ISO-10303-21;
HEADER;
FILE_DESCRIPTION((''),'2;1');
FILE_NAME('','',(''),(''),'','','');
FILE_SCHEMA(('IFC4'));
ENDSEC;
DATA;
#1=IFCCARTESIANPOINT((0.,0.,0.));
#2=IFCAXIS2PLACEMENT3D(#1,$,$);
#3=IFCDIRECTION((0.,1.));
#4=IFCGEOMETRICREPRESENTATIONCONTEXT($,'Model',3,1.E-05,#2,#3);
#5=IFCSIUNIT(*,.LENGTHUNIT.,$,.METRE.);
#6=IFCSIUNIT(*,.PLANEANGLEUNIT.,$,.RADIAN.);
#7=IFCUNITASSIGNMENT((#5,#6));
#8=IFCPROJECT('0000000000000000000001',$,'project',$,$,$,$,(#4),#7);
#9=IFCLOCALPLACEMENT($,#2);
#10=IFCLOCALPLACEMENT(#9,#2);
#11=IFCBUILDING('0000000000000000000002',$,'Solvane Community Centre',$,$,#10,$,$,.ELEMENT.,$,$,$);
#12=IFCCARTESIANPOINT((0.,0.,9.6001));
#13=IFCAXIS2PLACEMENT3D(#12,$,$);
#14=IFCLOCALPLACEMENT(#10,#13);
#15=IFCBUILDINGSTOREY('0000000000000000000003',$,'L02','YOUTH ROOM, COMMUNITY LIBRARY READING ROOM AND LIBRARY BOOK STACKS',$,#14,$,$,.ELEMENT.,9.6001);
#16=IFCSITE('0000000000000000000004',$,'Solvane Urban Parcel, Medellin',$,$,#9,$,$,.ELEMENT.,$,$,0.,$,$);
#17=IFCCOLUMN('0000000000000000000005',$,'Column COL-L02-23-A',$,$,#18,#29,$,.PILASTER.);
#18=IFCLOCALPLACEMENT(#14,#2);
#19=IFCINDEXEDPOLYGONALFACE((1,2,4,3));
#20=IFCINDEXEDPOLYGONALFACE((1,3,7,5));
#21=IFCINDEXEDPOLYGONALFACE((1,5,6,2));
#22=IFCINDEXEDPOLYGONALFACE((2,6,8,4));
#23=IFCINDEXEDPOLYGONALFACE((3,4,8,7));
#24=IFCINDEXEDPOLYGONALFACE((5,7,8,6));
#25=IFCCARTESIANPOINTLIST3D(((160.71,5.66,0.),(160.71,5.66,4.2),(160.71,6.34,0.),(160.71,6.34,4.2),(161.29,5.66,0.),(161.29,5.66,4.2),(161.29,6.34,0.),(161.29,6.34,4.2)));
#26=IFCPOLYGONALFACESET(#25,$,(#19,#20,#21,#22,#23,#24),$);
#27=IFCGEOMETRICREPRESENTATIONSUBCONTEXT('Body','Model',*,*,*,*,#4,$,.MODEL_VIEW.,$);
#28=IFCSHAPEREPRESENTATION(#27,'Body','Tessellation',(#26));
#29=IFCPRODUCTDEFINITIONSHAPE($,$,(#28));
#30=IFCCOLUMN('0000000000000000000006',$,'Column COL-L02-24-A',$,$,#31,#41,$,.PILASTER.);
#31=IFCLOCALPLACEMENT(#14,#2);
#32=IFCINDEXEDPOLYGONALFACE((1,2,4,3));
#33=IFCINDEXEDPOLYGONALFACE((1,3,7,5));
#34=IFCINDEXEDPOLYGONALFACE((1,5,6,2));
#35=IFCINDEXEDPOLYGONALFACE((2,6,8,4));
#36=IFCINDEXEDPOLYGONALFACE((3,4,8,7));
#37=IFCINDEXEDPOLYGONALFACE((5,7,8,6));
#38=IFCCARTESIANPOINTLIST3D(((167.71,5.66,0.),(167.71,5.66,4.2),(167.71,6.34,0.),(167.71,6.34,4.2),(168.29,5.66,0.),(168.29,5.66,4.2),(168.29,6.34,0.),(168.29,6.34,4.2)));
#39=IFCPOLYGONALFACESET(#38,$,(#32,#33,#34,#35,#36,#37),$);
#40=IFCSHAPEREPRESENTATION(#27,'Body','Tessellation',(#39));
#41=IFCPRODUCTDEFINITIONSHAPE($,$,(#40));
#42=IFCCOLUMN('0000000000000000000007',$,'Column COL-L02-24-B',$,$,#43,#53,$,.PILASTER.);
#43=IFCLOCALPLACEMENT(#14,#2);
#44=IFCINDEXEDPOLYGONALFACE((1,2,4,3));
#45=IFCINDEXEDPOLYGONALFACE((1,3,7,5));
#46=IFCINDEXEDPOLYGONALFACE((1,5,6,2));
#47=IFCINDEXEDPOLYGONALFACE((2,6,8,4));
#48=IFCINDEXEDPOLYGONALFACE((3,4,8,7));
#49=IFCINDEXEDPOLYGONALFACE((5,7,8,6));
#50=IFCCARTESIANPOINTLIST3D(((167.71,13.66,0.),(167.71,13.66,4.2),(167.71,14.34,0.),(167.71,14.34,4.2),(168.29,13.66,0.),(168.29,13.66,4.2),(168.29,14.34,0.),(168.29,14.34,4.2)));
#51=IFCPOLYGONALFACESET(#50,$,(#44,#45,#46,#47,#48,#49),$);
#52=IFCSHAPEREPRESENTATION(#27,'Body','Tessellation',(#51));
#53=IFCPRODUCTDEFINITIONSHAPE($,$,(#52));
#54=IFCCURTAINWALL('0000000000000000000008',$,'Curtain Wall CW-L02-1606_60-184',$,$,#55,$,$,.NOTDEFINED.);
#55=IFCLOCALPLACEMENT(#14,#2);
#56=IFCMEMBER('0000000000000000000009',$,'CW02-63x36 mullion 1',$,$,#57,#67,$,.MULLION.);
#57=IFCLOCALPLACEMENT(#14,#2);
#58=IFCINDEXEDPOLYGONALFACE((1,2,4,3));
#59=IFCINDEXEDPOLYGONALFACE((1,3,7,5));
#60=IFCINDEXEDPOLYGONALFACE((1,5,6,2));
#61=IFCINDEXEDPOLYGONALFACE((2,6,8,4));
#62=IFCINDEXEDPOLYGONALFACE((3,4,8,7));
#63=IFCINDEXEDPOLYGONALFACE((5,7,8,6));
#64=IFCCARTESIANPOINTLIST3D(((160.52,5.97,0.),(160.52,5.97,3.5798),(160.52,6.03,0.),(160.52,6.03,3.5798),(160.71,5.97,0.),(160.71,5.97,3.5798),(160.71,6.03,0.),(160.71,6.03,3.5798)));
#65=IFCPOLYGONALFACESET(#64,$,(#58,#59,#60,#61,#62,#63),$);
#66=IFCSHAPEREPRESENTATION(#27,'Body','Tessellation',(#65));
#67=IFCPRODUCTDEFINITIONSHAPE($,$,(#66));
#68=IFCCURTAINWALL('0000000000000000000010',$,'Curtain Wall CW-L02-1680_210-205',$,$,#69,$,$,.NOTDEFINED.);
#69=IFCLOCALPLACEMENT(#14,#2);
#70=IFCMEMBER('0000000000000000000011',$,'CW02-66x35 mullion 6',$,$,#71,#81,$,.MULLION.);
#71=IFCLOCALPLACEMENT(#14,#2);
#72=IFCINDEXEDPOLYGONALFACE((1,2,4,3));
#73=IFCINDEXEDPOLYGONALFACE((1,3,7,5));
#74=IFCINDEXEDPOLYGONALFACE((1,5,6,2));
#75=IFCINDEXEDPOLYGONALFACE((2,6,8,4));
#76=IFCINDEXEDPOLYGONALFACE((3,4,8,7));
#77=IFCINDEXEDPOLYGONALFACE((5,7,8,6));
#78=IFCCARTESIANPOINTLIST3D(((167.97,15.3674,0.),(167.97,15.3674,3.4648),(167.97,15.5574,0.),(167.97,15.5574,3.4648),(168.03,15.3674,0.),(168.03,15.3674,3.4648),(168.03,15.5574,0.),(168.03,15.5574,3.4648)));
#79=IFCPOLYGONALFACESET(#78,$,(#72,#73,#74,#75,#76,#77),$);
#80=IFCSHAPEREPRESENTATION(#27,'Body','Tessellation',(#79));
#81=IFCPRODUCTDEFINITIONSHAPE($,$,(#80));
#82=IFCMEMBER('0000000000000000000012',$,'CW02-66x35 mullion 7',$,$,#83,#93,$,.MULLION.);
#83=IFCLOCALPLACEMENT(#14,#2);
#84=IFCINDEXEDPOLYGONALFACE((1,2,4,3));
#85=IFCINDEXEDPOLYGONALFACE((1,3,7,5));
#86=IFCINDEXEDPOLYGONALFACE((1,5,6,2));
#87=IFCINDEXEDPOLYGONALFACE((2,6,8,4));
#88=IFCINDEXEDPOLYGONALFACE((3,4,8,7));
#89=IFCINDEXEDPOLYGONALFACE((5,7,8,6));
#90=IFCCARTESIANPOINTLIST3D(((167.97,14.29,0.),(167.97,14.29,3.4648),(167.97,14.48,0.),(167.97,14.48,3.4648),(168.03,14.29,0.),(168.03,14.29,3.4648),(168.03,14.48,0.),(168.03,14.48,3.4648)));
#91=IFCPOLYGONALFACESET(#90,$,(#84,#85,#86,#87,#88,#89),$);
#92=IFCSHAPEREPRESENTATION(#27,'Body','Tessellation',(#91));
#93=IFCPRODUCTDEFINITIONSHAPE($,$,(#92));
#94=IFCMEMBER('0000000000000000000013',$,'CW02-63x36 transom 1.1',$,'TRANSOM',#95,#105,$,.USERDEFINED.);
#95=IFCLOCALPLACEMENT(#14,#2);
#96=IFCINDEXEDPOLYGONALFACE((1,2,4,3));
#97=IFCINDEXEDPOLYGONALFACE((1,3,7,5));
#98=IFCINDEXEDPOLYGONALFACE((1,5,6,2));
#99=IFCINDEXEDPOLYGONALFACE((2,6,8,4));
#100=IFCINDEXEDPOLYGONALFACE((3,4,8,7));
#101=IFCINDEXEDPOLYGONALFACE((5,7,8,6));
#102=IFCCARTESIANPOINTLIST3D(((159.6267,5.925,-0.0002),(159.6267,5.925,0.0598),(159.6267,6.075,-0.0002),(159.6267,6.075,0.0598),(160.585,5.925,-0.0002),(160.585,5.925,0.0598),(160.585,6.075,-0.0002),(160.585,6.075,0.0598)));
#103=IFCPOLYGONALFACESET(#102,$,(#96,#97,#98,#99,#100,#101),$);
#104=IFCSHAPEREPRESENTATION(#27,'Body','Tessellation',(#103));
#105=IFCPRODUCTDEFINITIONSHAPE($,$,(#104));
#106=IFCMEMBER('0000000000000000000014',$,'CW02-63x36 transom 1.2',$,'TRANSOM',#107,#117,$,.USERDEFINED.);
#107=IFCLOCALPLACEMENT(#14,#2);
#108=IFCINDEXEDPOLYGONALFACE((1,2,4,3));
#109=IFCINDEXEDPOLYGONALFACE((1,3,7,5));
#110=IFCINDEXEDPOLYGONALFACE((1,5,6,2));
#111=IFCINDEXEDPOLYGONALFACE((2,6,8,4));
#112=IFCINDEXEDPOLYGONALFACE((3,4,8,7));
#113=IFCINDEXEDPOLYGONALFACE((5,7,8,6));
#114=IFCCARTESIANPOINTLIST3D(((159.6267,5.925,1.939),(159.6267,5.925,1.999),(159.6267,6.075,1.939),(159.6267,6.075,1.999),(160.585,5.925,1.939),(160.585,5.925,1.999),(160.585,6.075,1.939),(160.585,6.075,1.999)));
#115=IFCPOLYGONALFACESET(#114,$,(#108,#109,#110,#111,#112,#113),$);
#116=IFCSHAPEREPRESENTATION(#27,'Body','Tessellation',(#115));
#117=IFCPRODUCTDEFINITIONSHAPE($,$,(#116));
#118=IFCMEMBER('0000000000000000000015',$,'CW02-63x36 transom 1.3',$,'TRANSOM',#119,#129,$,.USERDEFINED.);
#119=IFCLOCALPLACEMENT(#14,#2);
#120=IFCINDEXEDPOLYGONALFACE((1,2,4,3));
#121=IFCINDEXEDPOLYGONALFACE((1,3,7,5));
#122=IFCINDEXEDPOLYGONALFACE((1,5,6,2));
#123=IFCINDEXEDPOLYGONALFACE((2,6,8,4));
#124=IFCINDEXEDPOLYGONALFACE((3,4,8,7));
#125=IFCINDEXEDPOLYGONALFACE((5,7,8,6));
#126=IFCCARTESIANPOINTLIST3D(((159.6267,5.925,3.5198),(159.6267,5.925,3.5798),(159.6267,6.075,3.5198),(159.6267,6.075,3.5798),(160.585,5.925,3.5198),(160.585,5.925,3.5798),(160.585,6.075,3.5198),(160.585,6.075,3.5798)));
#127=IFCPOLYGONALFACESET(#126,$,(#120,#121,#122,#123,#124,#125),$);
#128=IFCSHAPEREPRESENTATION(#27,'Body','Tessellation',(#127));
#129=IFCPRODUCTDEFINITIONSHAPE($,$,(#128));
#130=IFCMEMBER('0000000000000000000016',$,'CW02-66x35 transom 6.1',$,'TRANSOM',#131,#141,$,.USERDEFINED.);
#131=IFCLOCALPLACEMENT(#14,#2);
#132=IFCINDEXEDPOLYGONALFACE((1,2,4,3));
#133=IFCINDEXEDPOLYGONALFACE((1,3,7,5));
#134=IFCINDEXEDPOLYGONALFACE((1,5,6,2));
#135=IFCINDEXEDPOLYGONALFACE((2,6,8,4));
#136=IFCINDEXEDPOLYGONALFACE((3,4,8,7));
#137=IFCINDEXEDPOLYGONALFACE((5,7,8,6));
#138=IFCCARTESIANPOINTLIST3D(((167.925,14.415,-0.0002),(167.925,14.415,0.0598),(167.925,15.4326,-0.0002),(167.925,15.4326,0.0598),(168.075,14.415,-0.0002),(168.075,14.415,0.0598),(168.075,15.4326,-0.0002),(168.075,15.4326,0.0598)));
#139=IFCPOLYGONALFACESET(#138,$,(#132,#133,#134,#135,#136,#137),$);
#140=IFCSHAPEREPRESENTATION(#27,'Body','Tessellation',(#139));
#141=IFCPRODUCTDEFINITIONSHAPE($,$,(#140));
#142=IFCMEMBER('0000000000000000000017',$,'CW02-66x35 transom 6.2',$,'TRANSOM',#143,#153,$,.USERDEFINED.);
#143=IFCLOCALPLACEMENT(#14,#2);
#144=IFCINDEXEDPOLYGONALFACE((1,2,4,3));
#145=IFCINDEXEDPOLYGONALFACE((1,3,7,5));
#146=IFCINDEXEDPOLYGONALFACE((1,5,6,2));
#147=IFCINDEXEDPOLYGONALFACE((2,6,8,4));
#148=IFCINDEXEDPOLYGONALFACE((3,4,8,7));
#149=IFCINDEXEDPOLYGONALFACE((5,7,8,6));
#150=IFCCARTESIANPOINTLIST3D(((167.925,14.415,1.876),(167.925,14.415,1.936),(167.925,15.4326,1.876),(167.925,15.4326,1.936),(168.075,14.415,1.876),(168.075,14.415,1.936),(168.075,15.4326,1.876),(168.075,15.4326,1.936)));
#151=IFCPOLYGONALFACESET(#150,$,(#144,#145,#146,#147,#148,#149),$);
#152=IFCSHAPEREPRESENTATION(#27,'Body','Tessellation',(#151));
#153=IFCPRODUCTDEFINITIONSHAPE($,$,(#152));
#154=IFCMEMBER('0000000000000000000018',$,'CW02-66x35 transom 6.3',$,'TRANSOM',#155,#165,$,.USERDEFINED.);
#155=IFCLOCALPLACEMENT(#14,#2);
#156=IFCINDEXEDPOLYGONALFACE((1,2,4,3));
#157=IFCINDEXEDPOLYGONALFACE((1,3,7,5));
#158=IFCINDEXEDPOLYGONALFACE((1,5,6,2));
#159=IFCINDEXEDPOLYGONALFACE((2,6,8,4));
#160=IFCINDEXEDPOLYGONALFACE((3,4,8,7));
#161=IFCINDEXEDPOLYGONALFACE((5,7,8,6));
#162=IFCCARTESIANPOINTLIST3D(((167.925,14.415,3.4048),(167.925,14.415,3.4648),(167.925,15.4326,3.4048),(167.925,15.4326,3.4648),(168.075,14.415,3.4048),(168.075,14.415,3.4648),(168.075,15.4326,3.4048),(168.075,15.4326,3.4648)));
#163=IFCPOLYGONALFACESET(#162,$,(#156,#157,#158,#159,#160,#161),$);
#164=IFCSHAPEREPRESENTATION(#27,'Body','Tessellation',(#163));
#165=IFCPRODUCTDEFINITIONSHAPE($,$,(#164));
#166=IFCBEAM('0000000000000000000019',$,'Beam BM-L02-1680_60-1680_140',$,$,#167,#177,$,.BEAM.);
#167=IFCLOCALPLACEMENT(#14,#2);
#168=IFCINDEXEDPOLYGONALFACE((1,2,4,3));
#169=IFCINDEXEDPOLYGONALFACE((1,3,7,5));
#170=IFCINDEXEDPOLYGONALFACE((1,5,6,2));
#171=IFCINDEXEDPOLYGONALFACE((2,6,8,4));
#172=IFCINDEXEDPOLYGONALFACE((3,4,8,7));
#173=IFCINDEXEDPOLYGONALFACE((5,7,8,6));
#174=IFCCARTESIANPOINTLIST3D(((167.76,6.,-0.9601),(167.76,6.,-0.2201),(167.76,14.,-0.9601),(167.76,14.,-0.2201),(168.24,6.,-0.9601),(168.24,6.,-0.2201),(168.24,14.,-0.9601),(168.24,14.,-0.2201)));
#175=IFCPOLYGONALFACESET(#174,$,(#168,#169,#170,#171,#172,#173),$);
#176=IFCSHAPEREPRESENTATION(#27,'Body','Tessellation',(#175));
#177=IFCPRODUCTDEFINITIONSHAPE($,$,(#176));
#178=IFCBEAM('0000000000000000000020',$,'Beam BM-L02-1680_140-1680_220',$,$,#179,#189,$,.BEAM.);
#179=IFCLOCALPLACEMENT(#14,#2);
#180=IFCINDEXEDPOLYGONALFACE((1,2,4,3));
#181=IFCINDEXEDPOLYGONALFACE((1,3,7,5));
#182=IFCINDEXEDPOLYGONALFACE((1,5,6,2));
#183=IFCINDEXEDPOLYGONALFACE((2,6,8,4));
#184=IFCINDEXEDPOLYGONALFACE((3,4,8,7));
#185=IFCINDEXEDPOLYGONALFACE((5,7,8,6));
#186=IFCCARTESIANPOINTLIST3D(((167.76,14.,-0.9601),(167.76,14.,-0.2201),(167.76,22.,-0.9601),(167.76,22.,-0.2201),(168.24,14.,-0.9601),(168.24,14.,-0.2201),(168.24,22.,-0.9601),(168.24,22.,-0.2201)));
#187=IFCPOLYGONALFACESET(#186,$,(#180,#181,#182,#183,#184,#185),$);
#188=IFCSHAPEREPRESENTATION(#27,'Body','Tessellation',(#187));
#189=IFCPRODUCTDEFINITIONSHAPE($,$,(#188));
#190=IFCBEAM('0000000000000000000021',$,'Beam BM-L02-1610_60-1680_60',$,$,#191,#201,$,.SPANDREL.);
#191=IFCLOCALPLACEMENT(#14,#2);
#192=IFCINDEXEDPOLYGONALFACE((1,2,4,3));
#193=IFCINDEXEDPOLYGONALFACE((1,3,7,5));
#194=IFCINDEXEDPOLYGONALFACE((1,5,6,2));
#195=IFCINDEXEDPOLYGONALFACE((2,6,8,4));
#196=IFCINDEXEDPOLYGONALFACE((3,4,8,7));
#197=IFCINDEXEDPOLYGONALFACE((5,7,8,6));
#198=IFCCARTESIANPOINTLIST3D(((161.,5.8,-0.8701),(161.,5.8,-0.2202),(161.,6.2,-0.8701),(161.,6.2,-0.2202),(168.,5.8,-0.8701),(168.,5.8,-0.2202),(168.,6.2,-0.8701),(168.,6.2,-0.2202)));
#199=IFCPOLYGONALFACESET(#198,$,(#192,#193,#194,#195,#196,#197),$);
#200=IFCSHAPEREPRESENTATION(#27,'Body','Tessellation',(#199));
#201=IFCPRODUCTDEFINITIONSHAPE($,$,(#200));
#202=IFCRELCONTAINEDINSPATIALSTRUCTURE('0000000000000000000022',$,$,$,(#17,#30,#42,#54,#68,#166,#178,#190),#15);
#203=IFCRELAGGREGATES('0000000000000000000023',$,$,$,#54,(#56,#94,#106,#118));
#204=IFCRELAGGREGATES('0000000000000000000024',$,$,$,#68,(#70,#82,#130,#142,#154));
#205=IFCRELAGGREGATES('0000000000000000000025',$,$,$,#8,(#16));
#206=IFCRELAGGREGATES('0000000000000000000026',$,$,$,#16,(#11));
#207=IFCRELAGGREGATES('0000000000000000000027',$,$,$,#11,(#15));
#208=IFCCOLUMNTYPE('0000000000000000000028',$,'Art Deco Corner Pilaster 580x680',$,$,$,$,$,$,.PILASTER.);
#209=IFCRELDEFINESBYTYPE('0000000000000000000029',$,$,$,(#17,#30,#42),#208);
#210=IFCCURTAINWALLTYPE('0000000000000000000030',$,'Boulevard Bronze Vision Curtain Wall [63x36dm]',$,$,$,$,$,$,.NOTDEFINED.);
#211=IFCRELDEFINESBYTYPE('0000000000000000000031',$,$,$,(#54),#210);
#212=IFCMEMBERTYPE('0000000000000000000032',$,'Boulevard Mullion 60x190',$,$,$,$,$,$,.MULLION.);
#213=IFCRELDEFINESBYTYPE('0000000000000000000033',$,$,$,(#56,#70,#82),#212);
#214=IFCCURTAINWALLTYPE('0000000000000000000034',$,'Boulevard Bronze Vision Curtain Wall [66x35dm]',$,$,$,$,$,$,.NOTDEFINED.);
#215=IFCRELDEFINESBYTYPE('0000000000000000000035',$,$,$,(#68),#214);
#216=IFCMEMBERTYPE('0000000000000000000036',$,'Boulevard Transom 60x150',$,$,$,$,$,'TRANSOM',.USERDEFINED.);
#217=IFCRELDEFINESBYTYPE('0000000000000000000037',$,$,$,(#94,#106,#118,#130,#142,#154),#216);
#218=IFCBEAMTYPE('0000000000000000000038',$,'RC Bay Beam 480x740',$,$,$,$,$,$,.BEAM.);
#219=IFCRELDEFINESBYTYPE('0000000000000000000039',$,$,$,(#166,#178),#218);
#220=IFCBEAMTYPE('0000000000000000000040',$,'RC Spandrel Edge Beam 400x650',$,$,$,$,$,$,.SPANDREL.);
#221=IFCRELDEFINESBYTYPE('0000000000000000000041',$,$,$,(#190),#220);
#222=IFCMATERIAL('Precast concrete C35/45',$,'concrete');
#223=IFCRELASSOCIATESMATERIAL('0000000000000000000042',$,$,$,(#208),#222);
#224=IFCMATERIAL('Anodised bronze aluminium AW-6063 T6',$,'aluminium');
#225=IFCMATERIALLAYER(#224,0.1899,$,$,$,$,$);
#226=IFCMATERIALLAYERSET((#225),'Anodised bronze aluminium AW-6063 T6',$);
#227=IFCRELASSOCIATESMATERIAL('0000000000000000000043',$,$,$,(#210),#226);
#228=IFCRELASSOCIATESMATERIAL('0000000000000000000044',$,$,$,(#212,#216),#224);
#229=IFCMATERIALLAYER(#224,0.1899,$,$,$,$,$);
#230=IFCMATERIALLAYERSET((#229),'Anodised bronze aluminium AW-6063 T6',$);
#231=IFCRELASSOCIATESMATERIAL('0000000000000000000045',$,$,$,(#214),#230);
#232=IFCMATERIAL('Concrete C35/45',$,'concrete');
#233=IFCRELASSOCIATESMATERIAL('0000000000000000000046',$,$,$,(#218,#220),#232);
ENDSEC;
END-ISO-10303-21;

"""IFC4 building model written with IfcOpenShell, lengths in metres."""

from ifc_helpers import new_model, si_unit, direction, frame, origin, origin_2d, place, context, subcontext, project, spatial, rectangle, extrude, material, layer, layer_set, material_profile, profile_set, type_object, element, aggregate, save


model = new_model("IFC4")

# Units and contexts
model_context = context("Model", 3, precision=1e-05, world=origin(), true_north=direction((0.0, 1.0)))
body_context = subcontext(model_context, "Body", "Model", "MODEL_VIEW")
ifc_project = project(units=[si_unit("LENGTHUNIT", "METRE"), si_unit("PLANEANGLEUNIT", "RADIAN")], contexts=[model_context])

# Site, building, storey
site_placement = place(None, origin())
site = spatial("IfcSite", under=ifc_project, at=site_placement, Name="Solvane Urban Parcel, Medellin", CompositionType="ELEMENT", RefElevation=0.0)
building_placement = place(site_placement, origin())
building = spatial("IfcBuilding", under=site, at=building_placement, Name="Solvane Community Centre", CompositionType="ELEMENT")
storey_placement = place(building_placement, frame((0.0, 0.0, 9.6001)))
storey = spatial("IfcBuildingStorey", under=building, at=storey_placement, Name="L02", Description="YOUTH ROOM, COMMUNITY LIBRARY READING ROOM AND LIBRARY BOOK STACKS", CompositionType="ELEMENT", Elevation=9.6001)

# Columns
ifc_material_1 = material(Name="Precast concrete C35/45", Category="concrete")
ifc_material_profile_1 = material_profile(ifc_material_1, rectangle(XDim=0.5801, YDim=0.6799, at=origin_2d()), Name="RC 580x680")
ifc_profile_set_1 = profile_set([ifc_material_profile_1], Name="Precast concrete C35/45")
column_type = type_object("IfcColumnType", Name="Art Deco Corner Pilaster 580x680", PredefinedType="PILASTER", material=ifc_profile_set_1)
for number, where, z_axis, x_axis, name in (
    (1, (161.0, 6.0, 0.0), (0.0, 0.0, 1.0), (1.0, 0.0, 0.0), "Column COL-L02-23-A"),
    (2, (168.0, 6.0, 0.0), (0.0, 0.0, 1.0), (1.0, 0.0, 0.0), "Column COL-L02-24-A"),
    (3, (168.0, 14.0, 0.0), (0.0, 0.0, 1.0), (1.0, 0.0, 0.0), "Column COL-L02-24-B"),
):
    element("IfcColumn", number, at=place(storey_placement, frame(where, z_axis=z_axis, x_axis=x_axis)), inside=storey, type_object=column_type, Name=name, PredefinedType="PILASTER", context=body_context, shape_type="SweptSolid", body=[
        extrude(rectangle(XDim=0.5801, YDim=0.6799, at=origin_2d()), origin(), (0.0, 0.0, 1.0), 4.2),
    ])

# Curtain wall, member
ifc_material_2 = material(Name="Anodised bronze aluminium AW-6063 T6", Category="aluminium")
ifc_layer_1 = layer(ifc_material_2, 0.1899)
ifc_layer_set_1 = layer_set([ifc_layer_1], Name="Anodised bronze aluminium AW-6063 T6")
curtain_wall_type_1 = type_object("IfcCurtainWallType", Name="Boulevard Bronze Vision Curtain Wall [63x36dm]", PredefinedType="NOTDEFINED", material=ifc_layer_set_1)
curtain_wall_1_placement = place(storey_placement, origin())
curtain_wall_1 = element("IfcCurtainWall", 4, at=curtain_wall_1_placement, inside=storey, type_object=curtain_wall_type_1, Name="Curtain Wall CW-L02-1606_60-184", PredefinedType="NOTDEFINED")
ifc_material_profile_2 = material_profile(ifc_material_2, rectangle(XDim=0.0601, YDim=0.1899, at=origin_2d()), Name="CW-M 60x190")
ifc_profile_set_2 = profile_set([ifc_material_profile_2], Name="Anodised bronze aluminium AW-6063 T6")
member_type_1 = type_object("IfcMemberType", Name="Boulevard Mullion 60x190", PredefinedType="MULLION", material=ifc_profile_set_2)
member_1_placement = place(storey_placement, frame((160.615, 6.0, 0.0), z_axis=(0.0, 0.0, 1.0), x_axis=(0.0, -1.0, 0.0)))
member_1 = element("IfcMember", 5, at=member_1_placement, type_object=member_type_1, Name="CW02-63x36 mullion 1", PredefinedType="MULLION", context=body_context, shape_type="SweptSolid", body=[
    extrude(rectangle(XDim=0.0601, YDim=0.1899, at=origin_2d()), origin(), (0.0, 0.0, 1.0), 3.5798),
])

# Curtain wall, members
ifc_layer_2 = layer(ifc_material_2, 0.1899)
ifc_layer_set_2 = layer_set([ifc_layer_2], Name="Anodised bronze aluminium AW-6063 T6")
curtain_wall_type_2 = type_object("IfcCurtainWallType", Name="Boulevard Bronze Vision Curtain Wall [66x35dm]", PredefinedType="NOTDEFINED", material=ifc_layer_set_2)
curtain_wall_2_placement = place(storey_placement, origin())
curtain_wall_2 = element("IfcCurtainWall", 6, at=curtain_wall_2_placement, inside=storey, type_object=curtain_wall_type_2, Name="Curtain Wall CW-L02-1680_210-205", PredefinedType="NOTDEFINED")
member_2_placement = place(storey_placement, frame((168.0, 15.4624, 0.0), z_axis=(0.0, 0.0, 1.0), x_axis=(1.0, 0.0, 0.0)))
member_2 = element("IfcMember", 7, at=member_2_placement, type_object=member_type_1, Name="CW02-66x35 mullion 6", PredefinedType="MULLION", context=body_context, shape_type="SweptSolid", body=[
    extrude(rectangle(XDim=0.0601, YDim=0.1899, at=origin_2d()), origin(), (0.0, 0.0, 1.0), 3.4648),
])
member_3_placement = place(storey_placement, frame((168.0, 14.385, 0.0), z_axis=(0.0, 0.0, 1.0), x_axis=(1.0, 0.0, 0.0)))
member_3 = element("IfcMember", 8, at=member_3_placement, type_object=member_type_1, Name="CW02-66x35 mullion 7", PredefinedType="MULLION", context=body_context, shape_type="SweptSolid", body=[
    extrude(rectangle(XDim=0.0601, YDim=0.1899, at=origin_2d()), origin(), (0.0, 0.0, 1.0), 3.4648),
])

# Members
ifc_material_profile_3 = material_profile(ifc_material_2, rectangle(XDim=0.1499, YDim=0.0601, at=origin_2d()), Name="CW-T 60x150")
ifc_profile_set_3 = profile_set([ifc_material_profile_3], Name="Anodised bronze aluminium AW-6063 T6")
member_type_2 = type_object("IfcMemberType", Name="Boulevard Transom 60x150", ElementType="TRANSOM", PredefinedType="USERDEFINED", material=ifc_profile_set_3)
member_4_placement = place(storey_placement, frame((160.585, 6.0, 0.0298), z_axis=(-1.0, 0.0, 0.0), x_axis=(0.0, -1.0, 0.0)))
member_4 = element("IfcMember", 9, at=member_4_placement, type_object=member_type_2, Name="CW02-63x36 transom 1.1", ObjectType="TRANSOM", PredefinedType="USERDEFINED", context=body_context, shape_type="SweptSolid", body=[
    extrude(rectangle(XDim=0.1499, YDim=0.0601, at=origin_2d()), origin(), (0.0, 0.0, 1.0), 0.9583),
])
member_5_placement = place(storey_placement, frame((160.585, 6.0, 1.969), z_axis=(-1.0, 0.0, 0.0), x_axis=(0.0, -1.0, 0.0)))
member_5 = element("IfcMember", 10, at=member_5_placement, type_object=member_type_2, Name="CW02-63x36 transom 1.2", ObjectType="TRANSOM", PredefinedType="USERDEFINED", context=body_context, shape_type="SweptSolid", body=[
    extrude(rectangle(XDim=0.1499, YDim=0.0601, at=origin_2d()), origin(), (0.0, 0.0, 1.0), 0.9583),
])
member_6_placement = place(storey_placement, frame((160.585, 6.0, 3.5498), z_axis=(-1.0, 0.0, 0.0), x_axis=(0.0, -1.0, 0.0)))
member_6 = element("IfcMember", 11, at=member_6_placement, type_object=member_type_2, Name="CW02-63x36 transom 1.3", ObjectType="TRANSOM", PredefinedType="USERDEFINED", context=body_context, shape_type="SweptSolid", body=[
    extrude(rectangle(XDim=0.1499, YDim=0.0601, at=origin_2d()), origin(), (0.0, 0.0, 1.0), 0.9583),
])
aggregate(curtain_wall_1, [member_1, member_4, member_5, member_6])
member_7_placement = place(storey_placement, frame((168.0, 15.4326, 0.0298), z_axis=(0.0, -1.0, 0.0), x_axis=(1.0, 0.0, 0.0)))
member_7 = element("IfcMember", 12, at=member_7_placement, type_object=member_type_2, Name="CW02-66x35 transom 6.1", ObjectType="TRANSOM", PredefinedType="USERDEFINED", context=body_context, shape_type="SweptSolid", body=[
    extrude(rectangle(XDim=0.1499, YDim=0.0601, at=origin_2d()), origin(), (0.0, 0.0, 1.0), 1.0176),
])
member_8_placement = place(storey_placement, frame((168.0, 15.4326, 1.906), z_axis=(0.0, -1.0, 0.0), x_axis=(1.0, 0.0, 0.0)))
member_8 = element("IfcMember", 13, at=member_8_placement, type_object=member_type_2, Name="CW02-66x35 transom 6.2", ObjectType="TRANSOM", PredefinedType="USERDEFINED", context=body_context, shape_type="SweptSolid", body=[
    extrude(rectangle(XDim=0.1499, YDim=0.0601, at=origin_2d()), origin(), (0.0, 0.0, 1.0), 1.0176),
])
member_9_placement = place(storey_placement, frame((168.0, 15.4326, 3.4348), z_axis=(0.0, -1.0, 0.0), x_axis=(1.0, 0.0, 0.0)))
member_9 = element("IfcMember", 14, at=member_9_placement, type_object=member_type_2, Name="CW02-66x35 transom 6.3", ObjectType="TRANSOM", PredefinedType="USERDEFINED", context=body_context, shape_type="SweptSolid", body=[
    extrude(rectangle(XDim=0.1499, YDim=0.0601, at=origin_2d()), origin(), (0.0, 0.0, 1.0), 1.0176),
])

# Beams
ifc_material_3 = material(Name="Concrete C35/45", Category="concrete")
ifc_material_profile_4 = material_profile(ifc_material_3, rectangle(XDim=0.48, YDim=0.74, at=origin_2d()), Name="RC 480x740")
ifc_profile_set_4 = profile_set([ifc_material_profile_4], Name="Concrete C35/45")
beam_type_1 = type_object("IfcBeamType", Name="RC Bay Beam 480x740", PredefinedType="BEAM", material=ifc_profile_set_4)
for number, where, z_axis, x_axis, name in (
    (15, (168.0, 6.0, -0.5901), (0.0, 1.0, 0.0), (-1.0, 0.0, 0.0), "Beam BM-L02-1680_60-1680_140"),
    (16, (168.0, 14.0, -0.5901), (0.0, 1.0, 0.0), (-1.0, 0.0, 0.0), "Beam BM-L02-1680_140-1680_220"),
):
    element("IfcBeam", number, at=place(storey_placement, frame(where, z_axis=z_axis, x_axis=x_axis)), inside=storey, type_object=beam_type_1, Name=name, PredefinedType="BEAM", context=body_context, shape_type="SweptSolid", body=[
        extrude(rectangle(XDim=0.48, YDim=0.74, at=origin_2d()), origin(), (0.0, 0.0, 1.0), 8.0),
    ])
ifc_material_profile_5 = material_profile(ifc_material_3, rectangle(XDim=0.3999, YDim=0.6499, at=origin_2d()), Name="RC 400x650")
ifc_profile_set_5 = profile_set([ifc_material_profile_5], Name="Concrete C35/45")
beam_type_2 = type_object("IfcBeamType", Name="RC Spandrel Edge Beam 400x650", PredefinedType="SPANDREL", material=ifc_profile_set_5)
beam_placement = place(storey_placement, frame((161.0, 6.0, -0.5452), z_axis=(1.0, 0.0, 0.0), x_axis=(0.0, 1.0, 0.0)))
element("IfcBeam", 17, at=beam_placement, inside=storey, type_object=beam_type_2, Name="Beam BM-L02-1610_60-1680_60", PredefinedType="SPANDREL", context=body_context, shape_type="SweptSolid", body=[
    extrude(rectangle(XDim=0.3999, YDim=0.6499, at=origin_2d()), origin(), (0.0, 0.0, 1.0), 7.0),
])

aggregate(curtain_wall_2, [member_2, member_3, member_7, member_8, member_9])

save(model, "model.ifc")
